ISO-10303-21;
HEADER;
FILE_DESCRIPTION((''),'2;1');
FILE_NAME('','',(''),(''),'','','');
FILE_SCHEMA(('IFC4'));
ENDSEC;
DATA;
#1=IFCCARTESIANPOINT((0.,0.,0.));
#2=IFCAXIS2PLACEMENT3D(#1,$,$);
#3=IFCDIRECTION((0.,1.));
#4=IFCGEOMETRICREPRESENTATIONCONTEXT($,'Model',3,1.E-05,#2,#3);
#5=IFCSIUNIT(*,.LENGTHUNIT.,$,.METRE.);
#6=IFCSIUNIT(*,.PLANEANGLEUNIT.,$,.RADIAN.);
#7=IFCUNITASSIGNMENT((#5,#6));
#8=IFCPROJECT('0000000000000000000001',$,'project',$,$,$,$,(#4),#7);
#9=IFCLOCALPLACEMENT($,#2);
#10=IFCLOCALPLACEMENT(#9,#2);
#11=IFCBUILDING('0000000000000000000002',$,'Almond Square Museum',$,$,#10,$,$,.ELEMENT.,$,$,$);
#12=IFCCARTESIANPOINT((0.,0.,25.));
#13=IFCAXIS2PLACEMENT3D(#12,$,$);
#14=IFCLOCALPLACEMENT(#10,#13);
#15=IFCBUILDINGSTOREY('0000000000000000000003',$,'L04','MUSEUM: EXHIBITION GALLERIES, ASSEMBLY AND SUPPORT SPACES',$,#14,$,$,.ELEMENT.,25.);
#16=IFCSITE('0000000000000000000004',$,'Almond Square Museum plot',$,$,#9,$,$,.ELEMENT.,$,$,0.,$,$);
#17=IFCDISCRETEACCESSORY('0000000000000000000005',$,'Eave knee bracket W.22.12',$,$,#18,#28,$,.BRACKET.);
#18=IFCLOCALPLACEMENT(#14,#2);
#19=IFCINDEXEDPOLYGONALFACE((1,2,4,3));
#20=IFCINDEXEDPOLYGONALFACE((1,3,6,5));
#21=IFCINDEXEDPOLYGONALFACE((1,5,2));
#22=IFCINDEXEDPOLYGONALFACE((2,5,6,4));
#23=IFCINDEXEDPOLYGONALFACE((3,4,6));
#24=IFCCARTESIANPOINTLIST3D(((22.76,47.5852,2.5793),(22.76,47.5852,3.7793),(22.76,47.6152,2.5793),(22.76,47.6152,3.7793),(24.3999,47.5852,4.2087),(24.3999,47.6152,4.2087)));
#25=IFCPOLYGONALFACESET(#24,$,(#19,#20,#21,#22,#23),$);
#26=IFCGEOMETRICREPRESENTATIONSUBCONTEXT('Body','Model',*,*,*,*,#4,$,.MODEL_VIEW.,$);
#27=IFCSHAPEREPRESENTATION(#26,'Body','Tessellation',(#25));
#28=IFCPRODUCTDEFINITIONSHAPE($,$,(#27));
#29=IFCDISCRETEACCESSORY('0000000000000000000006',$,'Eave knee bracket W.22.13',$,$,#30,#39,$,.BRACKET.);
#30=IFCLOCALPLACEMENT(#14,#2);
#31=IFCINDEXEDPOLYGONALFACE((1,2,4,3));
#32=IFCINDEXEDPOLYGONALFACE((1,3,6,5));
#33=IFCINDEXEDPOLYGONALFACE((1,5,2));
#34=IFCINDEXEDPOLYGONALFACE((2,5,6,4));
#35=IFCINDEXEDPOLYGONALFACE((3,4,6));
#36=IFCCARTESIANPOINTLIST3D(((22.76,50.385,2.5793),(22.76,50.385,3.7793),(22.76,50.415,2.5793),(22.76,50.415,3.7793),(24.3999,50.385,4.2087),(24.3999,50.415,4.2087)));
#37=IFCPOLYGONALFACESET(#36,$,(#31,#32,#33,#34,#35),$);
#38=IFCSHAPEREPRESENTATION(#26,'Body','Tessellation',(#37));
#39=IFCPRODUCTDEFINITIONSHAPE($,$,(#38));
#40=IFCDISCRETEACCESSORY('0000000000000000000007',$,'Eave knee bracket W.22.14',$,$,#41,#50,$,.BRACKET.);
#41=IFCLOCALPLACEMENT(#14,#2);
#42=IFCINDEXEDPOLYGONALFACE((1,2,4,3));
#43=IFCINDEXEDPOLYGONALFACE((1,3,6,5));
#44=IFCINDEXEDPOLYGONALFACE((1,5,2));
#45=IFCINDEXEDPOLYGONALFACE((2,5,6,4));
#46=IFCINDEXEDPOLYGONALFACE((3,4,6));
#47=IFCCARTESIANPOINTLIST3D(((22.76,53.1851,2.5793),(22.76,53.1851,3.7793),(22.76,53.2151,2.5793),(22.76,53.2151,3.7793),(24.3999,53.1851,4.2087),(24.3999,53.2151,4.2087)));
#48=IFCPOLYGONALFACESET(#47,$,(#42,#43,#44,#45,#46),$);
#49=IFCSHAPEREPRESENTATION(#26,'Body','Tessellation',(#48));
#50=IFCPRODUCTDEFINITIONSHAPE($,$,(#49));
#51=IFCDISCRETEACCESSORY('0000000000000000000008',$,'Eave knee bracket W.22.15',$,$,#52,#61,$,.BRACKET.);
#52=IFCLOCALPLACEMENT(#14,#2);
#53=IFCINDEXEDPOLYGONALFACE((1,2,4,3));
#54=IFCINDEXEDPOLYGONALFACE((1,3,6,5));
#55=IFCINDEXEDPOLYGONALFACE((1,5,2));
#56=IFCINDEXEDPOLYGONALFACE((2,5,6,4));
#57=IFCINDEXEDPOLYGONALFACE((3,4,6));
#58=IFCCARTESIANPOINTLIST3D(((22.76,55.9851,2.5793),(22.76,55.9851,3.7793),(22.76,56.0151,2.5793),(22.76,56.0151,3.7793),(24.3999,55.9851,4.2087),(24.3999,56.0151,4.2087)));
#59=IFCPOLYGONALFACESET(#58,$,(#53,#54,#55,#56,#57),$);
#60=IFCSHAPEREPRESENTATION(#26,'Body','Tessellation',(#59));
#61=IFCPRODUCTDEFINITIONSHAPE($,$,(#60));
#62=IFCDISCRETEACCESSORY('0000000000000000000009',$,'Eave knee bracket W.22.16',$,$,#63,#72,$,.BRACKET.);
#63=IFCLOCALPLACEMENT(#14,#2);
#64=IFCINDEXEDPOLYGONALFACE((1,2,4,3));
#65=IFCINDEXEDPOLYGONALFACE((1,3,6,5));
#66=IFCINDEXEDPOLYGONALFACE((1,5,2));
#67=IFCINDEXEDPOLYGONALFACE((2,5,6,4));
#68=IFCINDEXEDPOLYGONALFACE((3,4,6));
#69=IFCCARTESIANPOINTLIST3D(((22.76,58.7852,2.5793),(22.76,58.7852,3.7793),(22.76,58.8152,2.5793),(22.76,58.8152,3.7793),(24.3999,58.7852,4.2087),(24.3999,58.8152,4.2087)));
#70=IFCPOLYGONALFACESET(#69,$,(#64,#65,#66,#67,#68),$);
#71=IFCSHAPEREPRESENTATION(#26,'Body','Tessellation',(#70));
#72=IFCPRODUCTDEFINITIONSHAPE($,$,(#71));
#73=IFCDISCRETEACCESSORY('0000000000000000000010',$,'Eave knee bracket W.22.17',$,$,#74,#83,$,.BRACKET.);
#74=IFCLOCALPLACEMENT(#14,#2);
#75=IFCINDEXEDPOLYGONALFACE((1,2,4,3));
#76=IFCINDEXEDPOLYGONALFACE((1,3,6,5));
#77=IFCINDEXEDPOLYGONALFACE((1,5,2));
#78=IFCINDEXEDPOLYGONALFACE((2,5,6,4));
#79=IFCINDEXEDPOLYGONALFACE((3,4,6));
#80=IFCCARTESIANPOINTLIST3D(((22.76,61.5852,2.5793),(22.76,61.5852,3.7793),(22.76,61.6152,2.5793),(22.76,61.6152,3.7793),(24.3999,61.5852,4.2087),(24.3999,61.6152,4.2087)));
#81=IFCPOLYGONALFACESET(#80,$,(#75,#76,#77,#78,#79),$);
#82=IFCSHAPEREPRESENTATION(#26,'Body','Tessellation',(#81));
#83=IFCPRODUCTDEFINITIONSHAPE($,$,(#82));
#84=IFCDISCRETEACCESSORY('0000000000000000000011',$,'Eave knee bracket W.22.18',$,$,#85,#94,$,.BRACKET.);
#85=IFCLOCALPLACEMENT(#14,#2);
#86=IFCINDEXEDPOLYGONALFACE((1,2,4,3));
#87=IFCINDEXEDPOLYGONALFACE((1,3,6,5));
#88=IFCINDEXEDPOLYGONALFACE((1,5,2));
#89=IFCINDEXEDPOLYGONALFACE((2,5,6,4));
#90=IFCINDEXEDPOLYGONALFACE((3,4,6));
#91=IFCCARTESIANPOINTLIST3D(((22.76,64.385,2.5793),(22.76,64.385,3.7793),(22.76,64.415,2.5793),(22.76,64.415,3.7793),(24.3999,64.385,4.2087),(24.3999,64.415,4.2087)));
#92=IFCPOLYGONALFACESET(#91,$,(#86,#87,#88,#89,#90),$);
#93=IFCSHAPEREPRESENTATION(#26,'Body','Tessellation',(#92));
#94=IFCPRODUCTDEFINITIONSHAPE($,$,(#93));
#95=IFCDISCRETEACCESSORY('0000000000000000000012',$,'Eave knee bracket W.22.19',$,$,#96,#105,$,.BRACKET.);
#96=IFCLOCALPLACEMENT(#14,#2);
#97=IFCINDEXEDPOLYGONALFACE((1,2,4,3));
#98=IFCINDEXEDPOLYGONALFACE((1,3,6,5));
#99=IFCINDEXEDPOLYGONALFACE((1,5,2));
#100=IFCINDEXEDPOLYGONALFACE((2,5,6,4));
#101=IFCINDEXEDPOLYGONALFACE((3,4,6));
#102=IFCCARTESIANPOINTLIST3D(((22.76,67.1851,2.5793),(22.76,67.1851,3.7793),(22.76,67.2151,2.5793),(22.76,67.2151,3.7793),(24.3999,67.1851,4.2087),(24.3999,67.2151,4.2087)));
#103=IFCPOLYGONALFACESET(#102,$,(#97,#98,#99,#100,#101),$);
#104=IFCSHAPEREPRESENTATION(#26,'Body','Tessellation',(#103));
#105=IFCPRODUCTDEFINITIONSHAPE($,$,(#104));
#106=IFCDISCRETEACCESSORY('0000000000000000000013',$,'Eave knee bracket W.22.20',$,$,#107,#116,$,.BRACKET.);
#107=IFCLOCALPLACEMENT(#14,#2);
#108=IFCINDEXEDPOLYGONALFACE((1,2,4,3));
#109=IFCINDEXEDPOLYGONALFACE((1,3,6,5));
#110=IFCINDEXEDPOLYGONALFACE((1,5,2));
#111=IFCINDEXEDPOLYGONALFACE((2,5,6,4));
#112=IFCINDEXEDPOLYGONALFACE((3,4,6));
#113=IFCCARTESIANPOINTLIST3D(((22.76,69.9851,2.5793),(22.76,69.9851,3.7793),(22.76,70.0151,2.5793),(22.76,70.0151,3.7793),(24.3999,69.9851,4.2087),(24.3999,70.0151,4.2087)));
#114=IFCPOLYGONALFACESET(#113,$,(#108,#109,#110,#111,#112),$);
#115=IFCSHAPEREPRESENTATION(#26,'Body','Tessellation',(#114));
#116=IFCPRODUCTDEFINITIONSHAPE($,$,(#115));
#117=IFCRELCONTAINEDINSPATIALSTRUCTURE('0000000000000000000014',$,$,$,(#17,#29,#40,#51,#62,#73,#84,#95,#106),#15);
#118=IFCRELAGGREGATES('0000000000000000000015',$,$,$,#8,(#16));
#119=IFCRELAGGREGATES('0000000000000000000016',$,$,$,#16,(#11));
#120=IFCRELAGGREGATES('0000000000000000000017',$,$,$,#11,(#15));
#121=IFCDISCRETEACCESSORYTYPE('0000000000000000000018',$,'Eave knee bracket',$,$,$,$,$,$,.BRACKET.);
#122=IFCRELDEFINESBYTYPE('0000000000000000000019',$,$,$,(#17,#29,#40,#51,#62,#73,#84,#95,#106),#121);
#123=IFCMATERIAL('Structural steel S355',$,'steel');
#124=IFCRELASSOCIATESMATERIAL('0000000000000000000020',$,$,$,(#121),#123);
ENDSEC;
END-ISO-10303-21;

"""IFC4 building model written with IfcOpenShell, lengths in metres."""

from ifc_helpers import new_model, si_unit, direction, frame, origin, place, context, subcontext, project, spatial, polyline, outline, extrude, material, type_object, element, save


model = new_model("IFC4")

# Units and contexts
model_context = context("Model", 3, precision=1e-05, world=origin(), true_north=direction((0.0, 1.0)))
body_context = subcontext(model_context, "Body", "Model", "MODEL_VIEW")
ifc_project = project(units=[si_unit("LENGTHUNIT", "METRE"), si_unit("PLANEANGLEUNIT", "RADIAN")], contexts=[model_context])

# Site, building, storey
site_placement = place(None, origin())
site = spatial("IfcSite", under=ifc_project, at=site_placement, Name="Almond Square Museum plot", CompositionType="ELEMENT", RefElevation=0.0)
building_placement = place(site_placement, origin())
building = spatial("IfcBuilding", under=site, at=building_placement, Name="Almond Square Museum", CompositionType="ELEMENT")
storey_placement = place(building_placement, frame((0.0, 0.0, 25.0)))
storey = spatial("IfcBuildingStorey", under=building, at=storey_placement, Name="L04", Description="MUSEUM: EXHIBITION GALLERIES, ASSEMBLY AND SUPPORT SPACES", CompositionType="ELEMENT", Elevation=25.0)

# Discrete accessories
ifc_material_1 = material(Name="Structural steel S355", Category="steel")
discrete_accessory_type = type_object("IfcDiscreteAccessoryType", Name="Eave knee bracket", PredefinedType="BRACKET", material=ifc_material_1)
for number, where, z_axis, x_axis, name in (
    (1, (22.76, 47.6001, 3.7793), (0.0, -1.0, 0.0), (0.0, 0.0, -1.0), "Eave knee bracket W.22.12"),
    (2, (22.76, 50.3999, 3.7793), (0.0, -1.0, 0.0), (0.0, 0.0, -1.0), "Eave knee bracket W.22.13"),
    (3, (22.76, 53.2, 3.7793), (0.0, -1.0, 0.0), (0.0, 0.0, -1.0), "Eave knee bracket W.22.14"),
    (4, (22.76, 56.0, 3.7793), (0.0, -1.0, 0.0), (0.0, 0.0, -1.0), "Eave knee bracket W.22.15"),
    (5, (22.76, 58.8, 3.7793), (0.0, -1.0, 0.0), (0.0, 0.0, -1.0), "Eave knee bracket W.22.16"),
    (6, (22.76, 61.6001, 3.7793), (0.0, -1.0, 0.0), (0.0, 0.0, -1.0), "Eave knee bracket W.22.17"),
    (7, (22.76, 64.3999, 3.7793), (0.0, -1.0, 0.0), (0.0, 0.0, -1.0), "Eave knee bracket W.22.18"),
    (8, (22.76, 67.2, 3.7793), (0.0, -1.0, 0.0), (0.0, 0.0, -1.0), "Eave knee bracket W.22.19"),
    (9, (22.76, 70.0, 3.7793), (0.0, -1.0, 0.0), (0.0, 0.0, -1.0), "Eave knee bracket W.22.20"),
):
    element("IfcDiscreteAccessory", number, at=place(storey_placement, frame(where, z_axis=z_axis, x_axis=x_axis)), inside=storey, type_object=discrete_accessory_type, Name=name, PredefinedType="BRACKET", context=body_context, shape_type="SweptSolid", body=[
        extrude(outline(polyline([(0.0, 0.0), (1.2, 0.0), (-0.4294, 1.6399), (0.0, 0.0)])), frame((0.0, 0.0, -0.0151)), (0.0, 0.0, 1.0), 0.03),
    ])

save(model, "model.ifc")
